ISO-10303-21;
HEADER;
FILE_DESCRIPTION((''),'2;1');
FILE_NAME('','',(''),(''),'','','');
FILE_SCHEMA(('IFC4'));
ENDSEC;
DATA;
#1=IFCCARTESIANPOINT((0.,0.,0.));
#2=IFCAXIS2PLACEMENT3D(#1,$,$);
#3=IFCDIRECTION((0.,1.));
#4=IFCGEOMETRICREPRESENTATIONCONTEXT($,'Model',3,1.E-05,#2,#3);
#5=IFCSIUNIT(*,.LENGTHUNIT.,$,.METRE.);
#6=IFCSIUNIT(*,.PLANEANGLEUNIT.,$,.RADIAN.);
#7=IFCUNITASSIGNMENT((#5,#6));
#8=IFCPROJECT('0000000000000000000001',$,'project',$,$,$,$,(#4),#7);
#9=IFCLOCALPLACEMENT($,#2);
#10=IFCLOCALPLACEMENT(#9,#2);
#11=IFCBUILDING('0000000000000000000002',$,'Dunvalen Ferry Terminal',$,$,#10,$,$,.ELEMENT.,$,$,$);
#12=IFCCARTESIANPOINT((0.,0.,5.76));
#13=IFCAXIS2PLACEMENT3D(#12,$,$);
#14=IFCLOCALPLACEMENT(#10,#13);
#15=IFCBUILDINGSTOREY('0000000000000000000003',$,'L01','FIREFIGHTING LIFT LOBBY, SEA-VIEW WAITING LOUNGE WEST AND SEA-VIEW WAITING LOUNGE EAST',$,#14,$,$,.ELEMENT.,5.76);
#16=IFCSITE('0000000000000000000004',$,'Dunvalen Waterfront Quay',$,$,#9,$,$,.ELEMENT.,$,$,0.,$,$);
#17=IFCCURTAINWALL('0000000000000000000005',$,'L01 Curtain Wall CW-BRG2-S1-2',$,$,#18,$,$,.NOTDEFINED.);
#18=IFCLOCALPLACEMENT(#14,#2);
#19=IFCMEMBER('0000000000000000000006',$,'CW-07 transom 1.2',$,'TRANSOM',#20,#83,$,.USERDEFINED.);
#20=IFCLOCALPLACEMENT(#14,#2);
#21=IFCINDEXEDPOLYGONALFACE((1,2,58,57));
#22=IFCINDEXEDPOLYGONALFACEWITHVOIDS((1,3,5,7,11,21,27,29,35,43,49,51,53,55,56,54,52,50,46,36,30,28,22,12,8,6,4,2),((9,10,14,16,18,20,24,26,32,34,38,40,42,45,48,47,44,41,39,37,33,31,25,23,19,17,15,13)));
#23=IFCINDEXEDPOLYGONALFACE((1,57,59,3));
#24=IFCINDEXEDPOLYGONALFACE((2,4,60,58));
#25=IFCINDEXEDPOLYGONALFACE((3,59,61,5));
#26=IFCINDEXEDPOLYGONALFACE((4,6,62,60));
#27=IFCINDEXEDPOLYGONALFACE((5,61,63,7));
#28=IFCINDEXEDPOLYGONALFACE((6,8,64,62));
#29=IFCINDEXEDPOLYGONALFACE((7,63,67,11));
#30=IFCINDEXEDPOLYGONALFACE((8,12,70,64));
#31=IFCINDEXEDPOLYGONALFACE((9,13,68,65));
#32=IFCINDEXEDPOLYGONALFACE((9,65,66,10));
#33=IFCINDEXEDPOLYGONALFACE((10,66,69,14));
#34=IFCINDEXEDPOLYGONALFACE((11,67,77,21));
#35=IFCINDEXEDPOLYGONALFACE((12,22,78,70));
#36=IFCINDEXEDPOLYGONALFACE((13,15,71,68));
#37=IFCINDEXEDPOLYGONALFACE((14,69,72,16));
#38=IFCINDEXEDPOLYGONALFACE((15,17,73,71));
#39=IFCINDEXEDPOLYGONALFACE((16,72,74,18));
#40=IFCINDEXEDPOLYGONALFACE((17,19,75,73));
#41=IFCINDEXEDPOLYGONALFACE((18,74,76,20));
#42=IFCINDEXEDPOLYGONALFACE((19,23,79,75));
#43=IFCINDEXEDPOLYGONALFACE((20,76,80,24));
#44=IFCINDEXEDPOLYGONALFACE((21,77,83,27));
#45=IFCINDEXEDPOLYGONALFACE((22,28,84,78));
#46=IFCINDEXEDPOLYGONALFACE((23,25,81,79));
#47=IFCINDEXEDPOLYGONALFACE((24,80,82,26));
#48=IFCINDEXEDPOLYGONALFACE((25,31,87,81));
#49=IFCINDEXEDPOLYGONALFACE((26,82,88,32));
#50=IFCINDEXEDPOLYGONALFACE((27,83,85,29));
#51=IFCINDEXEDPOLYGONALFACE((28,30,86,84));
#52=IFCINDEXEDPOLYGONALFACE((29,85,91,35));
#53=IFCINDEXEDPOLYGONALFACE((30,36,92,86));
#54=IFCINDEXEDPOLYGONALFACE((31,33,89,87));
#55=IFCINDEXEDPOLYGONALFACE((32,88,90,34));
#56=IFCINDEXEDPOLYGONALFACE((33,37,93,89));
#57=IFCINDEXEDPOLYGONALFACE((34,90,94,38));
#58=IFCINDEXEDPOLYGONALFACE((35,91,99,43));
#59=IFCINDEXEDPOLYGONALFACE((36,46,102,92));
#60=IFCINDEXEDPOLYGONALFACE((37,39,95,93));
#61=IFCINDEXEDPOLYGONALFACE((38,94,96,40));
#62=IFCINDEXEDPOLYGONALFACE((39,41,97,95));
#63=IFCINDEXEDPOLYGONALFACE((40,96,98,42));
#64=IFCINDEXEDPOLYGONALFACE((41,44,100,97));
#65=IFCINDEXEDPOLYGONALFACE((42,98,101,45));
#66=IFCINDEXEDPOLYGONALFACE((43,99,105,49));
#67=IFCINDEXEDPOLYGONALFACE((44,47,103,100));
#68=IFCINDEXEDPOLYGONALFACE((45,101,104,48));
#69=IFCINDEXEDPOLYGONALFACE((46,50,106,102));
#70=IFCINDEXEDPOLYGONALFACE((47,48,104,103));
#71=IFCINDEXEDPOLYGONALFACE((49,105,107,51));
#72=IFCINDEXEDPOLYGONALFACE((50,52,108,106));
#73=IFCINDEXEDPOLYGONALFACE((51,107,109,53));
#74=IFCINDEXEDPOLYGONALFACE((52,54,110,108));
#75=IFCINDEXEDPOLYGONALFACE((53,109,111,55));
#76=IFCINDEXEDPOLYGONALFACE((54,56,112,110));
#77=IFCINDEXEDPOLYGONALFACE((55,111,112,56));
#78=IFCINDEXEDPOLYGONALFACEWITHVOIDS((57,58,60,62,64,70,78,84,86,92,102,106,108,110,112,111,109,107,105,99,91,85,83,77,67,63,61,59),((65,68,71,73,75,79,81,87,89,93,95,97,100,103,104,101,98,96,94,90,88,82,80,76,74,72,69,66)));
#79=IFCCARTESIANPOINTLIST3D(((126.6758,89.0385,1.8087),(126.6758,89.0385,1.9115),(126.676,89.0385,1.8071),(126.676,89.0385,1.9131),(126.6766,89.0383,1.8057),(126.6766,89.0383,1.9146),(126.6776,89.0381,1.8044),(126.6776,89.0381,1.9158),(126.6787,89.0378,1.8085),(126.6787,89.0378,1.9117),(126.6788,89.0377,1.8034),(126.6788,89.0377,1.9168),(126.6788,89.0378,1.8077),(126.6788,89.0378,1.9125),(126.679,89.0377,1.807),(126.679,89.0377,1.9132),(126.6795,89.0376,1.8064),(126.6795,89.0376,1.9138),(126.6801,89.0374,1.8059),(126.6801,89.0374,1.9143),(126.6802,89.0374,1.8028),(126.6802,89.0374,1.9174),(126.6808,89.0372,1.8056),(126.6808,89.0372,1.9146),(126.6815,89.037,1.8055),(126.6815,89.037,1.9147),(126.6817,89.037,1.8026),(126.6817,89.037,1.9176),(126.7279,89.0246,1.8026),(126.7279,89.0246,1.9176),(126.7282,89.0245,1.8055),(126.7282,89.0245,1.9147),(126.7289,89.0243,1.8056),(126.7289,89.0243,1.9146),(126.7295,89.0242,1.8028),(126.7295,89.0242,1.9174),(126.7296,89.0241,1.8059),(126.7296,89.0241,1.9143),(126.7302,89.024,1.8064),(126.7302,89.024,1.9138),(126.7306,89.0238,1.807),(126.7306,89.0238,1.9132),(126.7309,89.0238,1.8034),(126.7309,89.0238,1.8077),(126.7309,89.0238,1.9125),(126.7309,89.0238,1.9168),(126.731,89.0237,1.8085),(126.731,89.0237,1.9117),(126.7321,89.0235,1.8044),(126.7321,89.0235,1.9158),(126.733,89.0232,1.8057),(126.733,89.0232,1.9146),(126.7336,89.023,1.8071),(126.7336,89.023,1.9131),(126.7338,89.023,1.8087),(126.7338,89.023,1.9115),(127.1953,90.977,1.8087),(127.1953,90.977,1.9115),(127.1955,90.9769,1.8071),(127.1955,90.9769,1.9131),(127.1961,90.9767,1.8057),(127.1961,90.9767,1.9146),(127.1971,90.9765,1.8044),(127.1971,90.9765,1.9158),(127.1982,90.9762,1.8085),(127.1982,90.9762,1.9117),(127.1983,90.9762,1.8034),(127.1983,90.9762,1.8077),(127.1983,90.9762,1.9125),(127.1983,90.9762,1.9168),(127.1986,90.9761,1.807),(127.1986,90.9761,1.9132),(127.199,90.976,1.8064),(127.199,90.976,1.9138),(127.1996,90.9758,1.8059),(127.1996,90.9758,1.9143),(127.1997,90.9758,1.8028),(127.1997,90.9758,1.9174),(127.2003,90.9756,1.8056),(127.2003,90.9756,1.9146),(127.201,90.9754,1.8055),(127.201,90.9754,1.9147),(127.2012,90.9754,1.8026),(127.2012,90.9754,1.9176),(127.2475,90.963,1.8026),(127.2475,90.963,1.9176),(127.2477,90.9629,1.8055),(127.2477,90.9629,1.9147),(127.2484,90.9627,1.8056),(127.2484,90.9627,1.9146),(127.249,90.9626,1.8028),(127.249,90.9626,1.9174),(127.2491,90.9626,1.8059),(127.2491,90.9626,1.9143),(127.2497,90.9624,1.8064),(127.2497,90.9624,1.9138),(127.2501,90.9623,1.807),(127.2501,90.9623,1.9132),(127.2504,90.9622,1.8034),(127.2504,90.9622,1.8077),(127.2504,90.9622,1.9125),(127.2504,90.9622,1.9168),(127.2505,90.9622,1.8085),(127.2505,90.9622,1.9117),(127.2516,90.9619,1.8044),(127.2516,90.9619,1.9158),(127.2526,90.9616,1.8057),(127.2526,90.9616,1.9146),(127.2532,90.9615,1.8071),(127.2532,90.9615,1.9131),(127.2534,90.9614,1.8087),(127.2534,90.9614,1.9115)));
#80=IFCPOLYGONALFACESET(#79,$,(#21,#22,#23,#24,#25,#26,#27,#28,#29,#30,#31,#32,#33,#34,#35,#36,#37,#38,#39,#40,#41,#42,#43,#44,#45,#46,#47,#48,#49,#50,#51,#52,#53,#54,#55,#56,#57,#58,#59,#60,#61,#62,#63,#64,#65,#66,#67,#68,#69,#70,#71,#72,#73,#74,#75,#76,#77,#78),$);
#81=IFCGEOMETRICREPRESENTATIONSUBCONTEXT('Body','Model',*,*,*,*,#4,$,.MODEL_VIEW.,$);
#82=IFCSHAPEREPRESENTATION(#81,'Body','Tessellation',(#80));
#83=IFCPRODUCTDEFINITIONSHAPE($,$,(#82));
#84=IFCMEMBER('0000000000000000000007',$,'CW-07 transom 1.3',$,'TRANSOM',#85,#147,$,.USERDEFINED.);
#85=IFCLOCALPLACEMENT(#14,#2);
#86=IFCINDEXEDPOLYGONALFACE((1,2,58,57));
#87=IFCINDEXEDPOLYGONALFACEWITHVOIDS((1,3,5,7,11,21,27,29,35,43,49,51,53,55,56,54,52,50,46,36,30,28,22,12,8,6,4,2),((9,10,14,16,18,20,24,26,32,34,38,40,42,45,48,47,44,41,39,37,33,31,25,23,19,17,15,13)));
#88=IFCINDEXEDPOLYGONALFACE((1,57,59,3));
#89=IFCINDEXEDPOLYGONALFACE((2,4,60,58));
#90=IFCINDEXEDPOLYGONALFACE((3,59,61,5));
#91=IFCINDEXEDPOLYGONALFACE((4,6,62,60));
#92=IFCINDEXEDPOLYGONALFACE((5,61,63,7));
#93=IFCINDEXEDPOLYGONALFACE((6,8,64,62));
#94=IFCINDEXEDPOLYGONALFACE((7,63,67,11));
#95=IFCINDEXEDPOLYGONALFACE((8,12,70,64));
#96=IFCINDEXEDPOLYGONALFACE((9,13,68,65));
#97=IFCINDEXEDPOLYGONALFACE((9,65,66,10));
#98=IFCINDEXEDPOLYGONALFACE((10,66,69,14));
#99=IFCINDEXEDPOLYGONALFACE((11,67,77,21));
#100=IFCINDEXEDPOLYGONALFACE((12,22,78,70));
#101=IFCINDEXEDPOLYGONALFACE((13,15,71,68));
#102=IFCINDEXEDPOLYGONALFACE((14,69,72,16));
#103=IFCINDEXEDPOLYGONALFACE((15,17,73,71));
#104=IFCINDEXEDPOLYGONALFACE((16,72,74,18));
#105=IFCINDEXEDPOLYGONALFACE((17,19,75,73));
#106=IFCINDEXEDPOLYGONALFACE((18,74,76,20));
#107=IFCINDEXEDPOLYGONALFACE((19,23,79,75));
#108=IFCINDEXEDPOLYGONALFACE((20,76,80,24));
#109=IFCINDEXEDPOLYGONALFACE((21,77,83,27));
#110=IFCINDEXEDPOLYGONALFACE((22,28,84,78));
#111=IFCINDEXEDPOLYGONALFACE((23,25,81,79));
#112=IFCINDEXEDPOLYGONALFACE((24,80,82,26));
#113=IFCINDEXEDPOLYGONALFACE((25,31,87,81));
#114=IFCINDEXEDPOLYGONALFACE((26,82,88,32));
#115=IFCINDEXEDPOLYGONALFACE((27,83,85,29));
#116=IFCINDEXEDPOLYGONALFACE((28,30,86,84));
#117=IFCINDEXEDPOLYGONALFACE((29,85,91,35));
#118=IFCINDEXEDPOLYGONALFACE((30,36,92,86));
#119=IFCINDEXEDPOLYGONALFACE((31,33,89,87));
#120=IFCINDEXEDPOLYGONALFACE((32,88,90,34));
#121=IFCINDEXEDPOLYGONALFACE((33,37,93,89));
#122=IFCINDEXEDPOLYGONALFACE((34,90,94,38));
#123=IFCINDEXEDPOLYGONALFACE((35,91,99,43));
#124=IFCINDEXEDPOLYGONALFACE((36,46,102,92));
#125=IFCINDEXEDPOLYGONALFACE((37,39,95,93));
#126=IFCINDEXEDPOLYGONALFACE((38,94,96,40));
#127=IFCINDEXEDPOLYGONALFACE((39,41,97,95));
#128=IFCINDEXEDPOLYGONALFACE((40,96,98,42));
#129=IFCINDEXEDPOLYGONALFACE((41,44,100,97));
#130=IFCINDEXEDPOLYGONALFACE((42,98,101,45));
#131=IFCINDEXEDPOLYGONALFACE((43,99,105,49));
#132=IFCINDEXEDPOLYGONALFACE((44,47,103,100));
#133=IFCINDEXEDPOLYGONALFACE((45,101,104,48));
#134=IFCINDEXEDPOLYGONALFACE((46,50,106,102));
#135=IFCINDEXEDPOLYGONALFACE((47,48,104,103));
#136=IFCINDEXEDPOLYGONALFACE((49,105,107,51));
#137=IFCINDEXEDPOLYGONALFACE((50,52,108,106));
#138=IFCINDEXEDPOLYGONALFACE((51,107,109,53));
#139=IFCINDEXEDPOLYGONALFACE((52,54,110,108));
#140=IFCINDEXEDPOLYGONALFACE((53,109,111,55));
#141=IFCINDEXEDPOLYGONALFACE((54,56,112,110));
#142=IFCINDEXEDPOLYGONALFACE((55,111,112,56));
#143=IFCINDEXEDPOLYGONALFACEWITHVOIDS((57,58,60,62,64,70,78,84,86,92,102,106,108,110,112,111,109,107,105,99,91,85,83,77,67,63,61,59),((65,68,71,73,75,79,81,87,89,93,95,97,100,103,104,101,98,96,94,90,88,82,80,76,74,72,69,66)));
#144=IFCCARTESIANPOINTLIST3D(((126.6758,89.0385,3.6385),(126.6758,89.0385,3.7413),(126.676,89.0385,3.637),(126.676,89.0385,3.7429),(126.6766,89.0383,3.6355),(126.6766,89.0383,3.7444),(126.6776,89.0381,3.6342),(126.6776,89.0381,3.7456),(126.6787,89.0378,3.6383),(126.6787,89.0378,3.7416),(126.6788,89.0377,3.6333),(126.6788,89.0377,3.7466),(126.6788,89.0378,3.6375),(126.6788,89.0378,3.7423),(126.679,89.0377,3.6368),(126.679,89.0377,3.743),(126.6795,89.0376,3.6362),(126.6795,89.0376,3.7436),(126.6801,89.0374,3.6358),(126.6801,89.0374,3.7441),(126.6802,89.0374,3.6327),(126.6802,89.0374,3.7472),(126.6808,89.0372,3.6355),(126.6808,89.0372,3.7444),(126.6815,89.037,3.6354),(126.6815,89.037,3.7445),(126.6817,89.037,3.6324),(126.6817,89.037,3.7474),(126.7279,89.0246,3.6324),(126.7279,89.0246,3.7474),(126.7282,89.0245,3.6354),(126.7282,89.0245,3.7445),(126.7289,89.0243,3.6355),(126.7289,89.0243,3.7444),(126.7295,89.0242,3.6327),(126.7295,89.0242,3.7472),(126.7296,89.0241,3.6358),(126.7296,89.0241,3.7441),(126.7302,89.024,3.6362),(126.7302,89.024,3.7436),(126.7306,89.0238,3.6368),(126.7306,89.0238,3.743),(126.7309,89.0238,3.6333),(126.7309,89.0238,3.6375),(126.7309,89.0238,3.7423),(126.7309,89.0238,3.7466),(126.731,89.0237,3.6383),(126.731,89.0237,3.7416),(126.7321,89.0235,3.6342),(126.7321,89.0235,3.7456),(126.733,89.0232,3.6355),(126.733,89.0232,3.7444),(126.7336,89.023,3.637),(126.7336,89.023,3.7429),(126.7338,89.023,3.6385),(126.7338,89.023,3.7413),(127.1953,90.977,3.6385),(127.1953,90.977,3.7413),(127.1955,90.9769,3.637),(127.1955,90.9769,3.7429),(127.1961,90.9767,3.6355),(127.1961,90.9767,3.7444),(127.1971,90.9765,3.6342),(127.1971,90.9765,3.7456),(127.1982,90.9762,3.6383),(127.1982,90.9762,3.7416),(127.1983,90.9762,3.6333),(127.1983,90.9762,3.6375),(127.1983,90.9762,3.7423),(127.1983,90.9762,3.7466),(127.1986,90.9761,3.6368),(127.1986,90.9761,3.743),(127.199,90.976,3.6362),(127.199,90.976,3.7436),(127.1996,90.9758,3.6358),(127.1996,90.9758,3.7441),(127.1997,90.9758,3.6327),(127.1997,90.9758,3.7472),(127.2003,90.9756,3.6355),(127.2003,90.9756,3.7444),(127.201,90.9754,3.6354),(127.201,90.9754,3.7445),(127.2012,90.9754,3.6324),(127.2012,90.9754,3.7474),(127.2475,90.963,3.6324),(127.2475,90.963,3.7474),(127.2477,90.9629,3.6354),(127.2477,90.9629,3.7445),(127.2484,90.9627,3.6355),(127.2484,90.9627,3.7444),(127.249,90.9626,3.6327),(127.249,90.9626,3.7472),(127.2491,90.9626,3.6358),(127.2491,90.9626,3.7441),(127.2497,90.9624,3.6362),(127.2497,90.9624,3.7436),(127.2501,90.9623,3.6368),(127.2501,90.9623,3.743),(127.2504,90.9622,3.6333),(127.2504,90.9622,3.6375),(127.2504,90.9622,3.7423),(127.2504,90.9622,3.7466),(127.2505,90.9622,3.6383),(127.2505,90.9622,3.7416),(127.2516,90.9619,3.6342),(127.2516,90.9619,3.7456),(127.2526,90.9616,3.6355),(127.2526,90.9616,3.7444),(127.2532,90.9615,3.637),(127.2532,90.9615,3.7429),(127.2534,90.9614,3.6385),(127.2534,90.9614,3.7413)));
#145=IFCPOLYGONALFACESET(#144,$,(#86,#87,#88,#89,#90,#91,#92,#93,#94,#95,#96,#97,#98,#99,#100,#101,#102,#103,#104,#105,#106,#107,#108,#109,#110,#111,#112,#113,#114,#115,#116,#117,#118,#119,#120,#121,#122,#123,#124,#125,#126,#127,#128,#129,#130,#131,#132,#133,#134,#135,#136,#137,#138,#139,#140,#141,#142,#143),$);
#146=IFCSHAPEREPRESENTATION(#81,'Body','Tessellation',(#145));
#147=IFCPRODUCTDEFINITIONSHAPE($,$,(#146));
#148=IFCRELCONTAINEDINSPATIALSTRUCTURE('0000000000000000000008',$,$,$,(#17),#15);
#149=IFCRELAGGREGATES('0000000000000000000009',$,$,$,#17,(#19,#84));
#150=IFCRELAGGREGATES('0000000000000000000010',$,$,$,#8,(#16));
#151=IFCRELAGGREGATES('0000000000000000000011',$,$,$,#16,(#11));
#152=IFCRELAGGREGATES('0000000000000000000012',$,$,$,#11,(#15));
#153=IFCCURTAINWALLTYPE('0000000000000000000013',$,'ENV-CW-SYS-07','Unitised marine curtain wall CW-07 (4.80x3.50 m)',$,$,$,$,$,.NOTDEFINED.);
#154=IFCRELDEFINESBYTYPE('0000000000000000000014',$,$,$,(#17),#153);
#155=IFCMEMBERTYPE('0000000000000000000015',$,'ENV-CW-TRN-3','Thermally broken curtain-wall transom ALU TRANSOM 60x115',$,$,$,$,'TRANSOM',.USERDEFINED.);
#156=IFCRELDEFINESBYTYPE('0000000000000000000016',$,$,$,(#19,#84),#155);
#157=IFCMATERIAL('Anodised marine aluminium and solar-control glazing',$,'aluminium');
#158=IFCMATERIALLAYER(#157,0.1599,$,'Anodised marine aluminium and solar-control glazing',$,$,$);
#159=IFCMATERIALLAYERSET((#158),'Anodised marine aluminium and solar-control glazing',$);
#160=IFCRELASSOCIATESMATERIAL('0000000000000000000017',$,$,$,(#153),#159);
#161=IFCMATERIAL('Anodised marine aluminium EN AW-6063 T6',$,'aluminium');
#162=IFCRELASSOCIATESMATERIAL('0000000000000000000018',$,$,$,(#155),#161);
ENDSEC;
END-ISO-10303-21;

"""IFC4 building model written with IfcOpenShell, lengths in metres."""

from ifc_helpers import new_model, si_unit, direction, frame, origin, origin_2d, place, context, subcontext, project, spatial, hollow_rectangle, extrude, material, layer, layer_set, material_profile, profile_set, type_object, element, aggregate, save


model = new_model("IFC4")

# Units and contexts
model_context = context("Model", 3, precision=1e-05, world=origin(), true_north=direction((0.0, 1.0)))
body_context = subcontext(model_context, "Body", "Model", "MODEL_VIEW")
ifc_project = project(units=[si_unit("LENGTHUNIT", "METRE"), si_unit("PLANEANGLEUNIT", "RADIAN")], contexts=[model_context])

# Site, building, storey
site_placement = place(None, origin())
site = spatial("IfcSite", under=ifc_project, at=site_placement, Name="Dunvalen Waterfront Quay", CompositionType="ELEMENT", RefElevation=0.0)
building_placement = place(site_placement, origin())
building = spatial("IfcBuilding", under=site, at=building_placement, Name="Dunvalen Ferry Terminal", CompositionType="ELEMENT")
storey_placement = place(building_placement, frame((0.0, 0.0, 5.76)))
storey = spatial("IfcBuildingStorey", under=building, at=storey_placement, Name="L01", Description="FIREFIGHTING LIFT LOBBY, SEA-VIEW WAITING LOUNGE WEST AND SEA-VIEW WAITING LOUNGE EAST", CompositionType="ELEMENT", Elevation=5.76)

# Curtain wall
ifc_material_1 = material(Name="Anodised marine aluminium and solar-control glazing", Category="aluminium")
ifc_material_2 = material(Name="Anodised marine aluminium EN AW-6063 T6", Category="aluminium")
ifc_layer_1 = layer(ifc_material_1, 0.1599, Name="Anodised marine aluminium and solar-control glazing")
ifc_layer_set_1 = layer_set([ifc_layer_1], Name="Anodised marine aluminium and solar-control glazing")
curtain_wall_type_1 = type_object("IfcCurtainWallType", Name="ENV-CW-SYS-07", Description="Unitised marine curtain wall CW-07 (4.80x3.50 m)", PredefinedType="NOTDEFINED", material=ifc_layer_set_1)
curtain_wall_1_placement = place(storey_placement, origin())
curtain_wall_1 = element("IfcCurtainWall", 1, at=curtain_wall_1_placement, inside=storey, type_object=curtain_wall_type_1, Name="L01 Curtain Wall CW-BRG2-S1-2", PredefinedType="NOTDEFINED")

# Members
ifc_material_profile_1 = material_profile(ifc_material_2, hollow_rectangle(XDim=0.0601, YDim=0.115, WallThickness=0.0029, InnerFilletRadius=0.0029, OuterFilletRadius=0.0061, at=origin_2d()), Name="Anodised marine aluminium EN AW-6063 T6")
ifc_profile_set_1 = profile_set([ifc_material_profile_1], Name="Anodised marine aluminium EN AW-6063 T6")
member_type_1 = type_object("IfcMemberType", Name="ENV-CW-TRN-3", Description="Thermally broken curtain-wall transom ALU TRANSOM 60x115", ElementType="TRANSOM", PredefinedType="USERDEFINED", material=ifc_profile_set_1)
member_1_placement = place(storey_placement, frame((126.7048, 89.0308, 1.8601), z_axis=(0.258874, 0.965911, 0.0), x_axis=(-0.965911, 0.258874, 0.0)))
member_1 = element("IfcMember", 2, at=member_1_placement, type_object=member_type_1, Name="CW-07 transom 1.2", ObjectType="TRANSOM", PredefinedType="USERDEFINED", context=body_context, shape_type="SweptSolid", body=[
    extrude(hollow_rectangle(XDim=0.0601, YDim=0.115, WallThickness=0.0029, InnerFilletRadius=0.0029, OuterFilletRadius=0.0061, at=origin_2d()), origin(), (0.0, 0.0, 1.0), 2.0068),
])
member_2_placement = place(storey_placement, frame((126.7048, 89.0308, 3.6899), z_axis=(0.258874, 0.965911, 0.0), x_axis=(-0.965911, 0.258874, 0.0)))
member_2 = element("IfcMember", 3, at=member_2_placement, type_object=member_type_1, Name="CW-07 transom 1.3", ObjectType="TRANSOM", PredefinedType="USERDEFINED", context=body_context, shape_type="SweptSolid", body=[
    extrude(hollow_rectangle(XDim=0.0601, YDim=0.115, WallThickness=0.0029, InnerFilletRadius=0.0029, OuterFilletRadius=0.0061, at=origin_2d()), origin(), (0.0, 0.0, 1.0), 2.0068),
])

aggregate(curtain_wall_1, [member_1, member_2])

save(model, "model.ifc")
